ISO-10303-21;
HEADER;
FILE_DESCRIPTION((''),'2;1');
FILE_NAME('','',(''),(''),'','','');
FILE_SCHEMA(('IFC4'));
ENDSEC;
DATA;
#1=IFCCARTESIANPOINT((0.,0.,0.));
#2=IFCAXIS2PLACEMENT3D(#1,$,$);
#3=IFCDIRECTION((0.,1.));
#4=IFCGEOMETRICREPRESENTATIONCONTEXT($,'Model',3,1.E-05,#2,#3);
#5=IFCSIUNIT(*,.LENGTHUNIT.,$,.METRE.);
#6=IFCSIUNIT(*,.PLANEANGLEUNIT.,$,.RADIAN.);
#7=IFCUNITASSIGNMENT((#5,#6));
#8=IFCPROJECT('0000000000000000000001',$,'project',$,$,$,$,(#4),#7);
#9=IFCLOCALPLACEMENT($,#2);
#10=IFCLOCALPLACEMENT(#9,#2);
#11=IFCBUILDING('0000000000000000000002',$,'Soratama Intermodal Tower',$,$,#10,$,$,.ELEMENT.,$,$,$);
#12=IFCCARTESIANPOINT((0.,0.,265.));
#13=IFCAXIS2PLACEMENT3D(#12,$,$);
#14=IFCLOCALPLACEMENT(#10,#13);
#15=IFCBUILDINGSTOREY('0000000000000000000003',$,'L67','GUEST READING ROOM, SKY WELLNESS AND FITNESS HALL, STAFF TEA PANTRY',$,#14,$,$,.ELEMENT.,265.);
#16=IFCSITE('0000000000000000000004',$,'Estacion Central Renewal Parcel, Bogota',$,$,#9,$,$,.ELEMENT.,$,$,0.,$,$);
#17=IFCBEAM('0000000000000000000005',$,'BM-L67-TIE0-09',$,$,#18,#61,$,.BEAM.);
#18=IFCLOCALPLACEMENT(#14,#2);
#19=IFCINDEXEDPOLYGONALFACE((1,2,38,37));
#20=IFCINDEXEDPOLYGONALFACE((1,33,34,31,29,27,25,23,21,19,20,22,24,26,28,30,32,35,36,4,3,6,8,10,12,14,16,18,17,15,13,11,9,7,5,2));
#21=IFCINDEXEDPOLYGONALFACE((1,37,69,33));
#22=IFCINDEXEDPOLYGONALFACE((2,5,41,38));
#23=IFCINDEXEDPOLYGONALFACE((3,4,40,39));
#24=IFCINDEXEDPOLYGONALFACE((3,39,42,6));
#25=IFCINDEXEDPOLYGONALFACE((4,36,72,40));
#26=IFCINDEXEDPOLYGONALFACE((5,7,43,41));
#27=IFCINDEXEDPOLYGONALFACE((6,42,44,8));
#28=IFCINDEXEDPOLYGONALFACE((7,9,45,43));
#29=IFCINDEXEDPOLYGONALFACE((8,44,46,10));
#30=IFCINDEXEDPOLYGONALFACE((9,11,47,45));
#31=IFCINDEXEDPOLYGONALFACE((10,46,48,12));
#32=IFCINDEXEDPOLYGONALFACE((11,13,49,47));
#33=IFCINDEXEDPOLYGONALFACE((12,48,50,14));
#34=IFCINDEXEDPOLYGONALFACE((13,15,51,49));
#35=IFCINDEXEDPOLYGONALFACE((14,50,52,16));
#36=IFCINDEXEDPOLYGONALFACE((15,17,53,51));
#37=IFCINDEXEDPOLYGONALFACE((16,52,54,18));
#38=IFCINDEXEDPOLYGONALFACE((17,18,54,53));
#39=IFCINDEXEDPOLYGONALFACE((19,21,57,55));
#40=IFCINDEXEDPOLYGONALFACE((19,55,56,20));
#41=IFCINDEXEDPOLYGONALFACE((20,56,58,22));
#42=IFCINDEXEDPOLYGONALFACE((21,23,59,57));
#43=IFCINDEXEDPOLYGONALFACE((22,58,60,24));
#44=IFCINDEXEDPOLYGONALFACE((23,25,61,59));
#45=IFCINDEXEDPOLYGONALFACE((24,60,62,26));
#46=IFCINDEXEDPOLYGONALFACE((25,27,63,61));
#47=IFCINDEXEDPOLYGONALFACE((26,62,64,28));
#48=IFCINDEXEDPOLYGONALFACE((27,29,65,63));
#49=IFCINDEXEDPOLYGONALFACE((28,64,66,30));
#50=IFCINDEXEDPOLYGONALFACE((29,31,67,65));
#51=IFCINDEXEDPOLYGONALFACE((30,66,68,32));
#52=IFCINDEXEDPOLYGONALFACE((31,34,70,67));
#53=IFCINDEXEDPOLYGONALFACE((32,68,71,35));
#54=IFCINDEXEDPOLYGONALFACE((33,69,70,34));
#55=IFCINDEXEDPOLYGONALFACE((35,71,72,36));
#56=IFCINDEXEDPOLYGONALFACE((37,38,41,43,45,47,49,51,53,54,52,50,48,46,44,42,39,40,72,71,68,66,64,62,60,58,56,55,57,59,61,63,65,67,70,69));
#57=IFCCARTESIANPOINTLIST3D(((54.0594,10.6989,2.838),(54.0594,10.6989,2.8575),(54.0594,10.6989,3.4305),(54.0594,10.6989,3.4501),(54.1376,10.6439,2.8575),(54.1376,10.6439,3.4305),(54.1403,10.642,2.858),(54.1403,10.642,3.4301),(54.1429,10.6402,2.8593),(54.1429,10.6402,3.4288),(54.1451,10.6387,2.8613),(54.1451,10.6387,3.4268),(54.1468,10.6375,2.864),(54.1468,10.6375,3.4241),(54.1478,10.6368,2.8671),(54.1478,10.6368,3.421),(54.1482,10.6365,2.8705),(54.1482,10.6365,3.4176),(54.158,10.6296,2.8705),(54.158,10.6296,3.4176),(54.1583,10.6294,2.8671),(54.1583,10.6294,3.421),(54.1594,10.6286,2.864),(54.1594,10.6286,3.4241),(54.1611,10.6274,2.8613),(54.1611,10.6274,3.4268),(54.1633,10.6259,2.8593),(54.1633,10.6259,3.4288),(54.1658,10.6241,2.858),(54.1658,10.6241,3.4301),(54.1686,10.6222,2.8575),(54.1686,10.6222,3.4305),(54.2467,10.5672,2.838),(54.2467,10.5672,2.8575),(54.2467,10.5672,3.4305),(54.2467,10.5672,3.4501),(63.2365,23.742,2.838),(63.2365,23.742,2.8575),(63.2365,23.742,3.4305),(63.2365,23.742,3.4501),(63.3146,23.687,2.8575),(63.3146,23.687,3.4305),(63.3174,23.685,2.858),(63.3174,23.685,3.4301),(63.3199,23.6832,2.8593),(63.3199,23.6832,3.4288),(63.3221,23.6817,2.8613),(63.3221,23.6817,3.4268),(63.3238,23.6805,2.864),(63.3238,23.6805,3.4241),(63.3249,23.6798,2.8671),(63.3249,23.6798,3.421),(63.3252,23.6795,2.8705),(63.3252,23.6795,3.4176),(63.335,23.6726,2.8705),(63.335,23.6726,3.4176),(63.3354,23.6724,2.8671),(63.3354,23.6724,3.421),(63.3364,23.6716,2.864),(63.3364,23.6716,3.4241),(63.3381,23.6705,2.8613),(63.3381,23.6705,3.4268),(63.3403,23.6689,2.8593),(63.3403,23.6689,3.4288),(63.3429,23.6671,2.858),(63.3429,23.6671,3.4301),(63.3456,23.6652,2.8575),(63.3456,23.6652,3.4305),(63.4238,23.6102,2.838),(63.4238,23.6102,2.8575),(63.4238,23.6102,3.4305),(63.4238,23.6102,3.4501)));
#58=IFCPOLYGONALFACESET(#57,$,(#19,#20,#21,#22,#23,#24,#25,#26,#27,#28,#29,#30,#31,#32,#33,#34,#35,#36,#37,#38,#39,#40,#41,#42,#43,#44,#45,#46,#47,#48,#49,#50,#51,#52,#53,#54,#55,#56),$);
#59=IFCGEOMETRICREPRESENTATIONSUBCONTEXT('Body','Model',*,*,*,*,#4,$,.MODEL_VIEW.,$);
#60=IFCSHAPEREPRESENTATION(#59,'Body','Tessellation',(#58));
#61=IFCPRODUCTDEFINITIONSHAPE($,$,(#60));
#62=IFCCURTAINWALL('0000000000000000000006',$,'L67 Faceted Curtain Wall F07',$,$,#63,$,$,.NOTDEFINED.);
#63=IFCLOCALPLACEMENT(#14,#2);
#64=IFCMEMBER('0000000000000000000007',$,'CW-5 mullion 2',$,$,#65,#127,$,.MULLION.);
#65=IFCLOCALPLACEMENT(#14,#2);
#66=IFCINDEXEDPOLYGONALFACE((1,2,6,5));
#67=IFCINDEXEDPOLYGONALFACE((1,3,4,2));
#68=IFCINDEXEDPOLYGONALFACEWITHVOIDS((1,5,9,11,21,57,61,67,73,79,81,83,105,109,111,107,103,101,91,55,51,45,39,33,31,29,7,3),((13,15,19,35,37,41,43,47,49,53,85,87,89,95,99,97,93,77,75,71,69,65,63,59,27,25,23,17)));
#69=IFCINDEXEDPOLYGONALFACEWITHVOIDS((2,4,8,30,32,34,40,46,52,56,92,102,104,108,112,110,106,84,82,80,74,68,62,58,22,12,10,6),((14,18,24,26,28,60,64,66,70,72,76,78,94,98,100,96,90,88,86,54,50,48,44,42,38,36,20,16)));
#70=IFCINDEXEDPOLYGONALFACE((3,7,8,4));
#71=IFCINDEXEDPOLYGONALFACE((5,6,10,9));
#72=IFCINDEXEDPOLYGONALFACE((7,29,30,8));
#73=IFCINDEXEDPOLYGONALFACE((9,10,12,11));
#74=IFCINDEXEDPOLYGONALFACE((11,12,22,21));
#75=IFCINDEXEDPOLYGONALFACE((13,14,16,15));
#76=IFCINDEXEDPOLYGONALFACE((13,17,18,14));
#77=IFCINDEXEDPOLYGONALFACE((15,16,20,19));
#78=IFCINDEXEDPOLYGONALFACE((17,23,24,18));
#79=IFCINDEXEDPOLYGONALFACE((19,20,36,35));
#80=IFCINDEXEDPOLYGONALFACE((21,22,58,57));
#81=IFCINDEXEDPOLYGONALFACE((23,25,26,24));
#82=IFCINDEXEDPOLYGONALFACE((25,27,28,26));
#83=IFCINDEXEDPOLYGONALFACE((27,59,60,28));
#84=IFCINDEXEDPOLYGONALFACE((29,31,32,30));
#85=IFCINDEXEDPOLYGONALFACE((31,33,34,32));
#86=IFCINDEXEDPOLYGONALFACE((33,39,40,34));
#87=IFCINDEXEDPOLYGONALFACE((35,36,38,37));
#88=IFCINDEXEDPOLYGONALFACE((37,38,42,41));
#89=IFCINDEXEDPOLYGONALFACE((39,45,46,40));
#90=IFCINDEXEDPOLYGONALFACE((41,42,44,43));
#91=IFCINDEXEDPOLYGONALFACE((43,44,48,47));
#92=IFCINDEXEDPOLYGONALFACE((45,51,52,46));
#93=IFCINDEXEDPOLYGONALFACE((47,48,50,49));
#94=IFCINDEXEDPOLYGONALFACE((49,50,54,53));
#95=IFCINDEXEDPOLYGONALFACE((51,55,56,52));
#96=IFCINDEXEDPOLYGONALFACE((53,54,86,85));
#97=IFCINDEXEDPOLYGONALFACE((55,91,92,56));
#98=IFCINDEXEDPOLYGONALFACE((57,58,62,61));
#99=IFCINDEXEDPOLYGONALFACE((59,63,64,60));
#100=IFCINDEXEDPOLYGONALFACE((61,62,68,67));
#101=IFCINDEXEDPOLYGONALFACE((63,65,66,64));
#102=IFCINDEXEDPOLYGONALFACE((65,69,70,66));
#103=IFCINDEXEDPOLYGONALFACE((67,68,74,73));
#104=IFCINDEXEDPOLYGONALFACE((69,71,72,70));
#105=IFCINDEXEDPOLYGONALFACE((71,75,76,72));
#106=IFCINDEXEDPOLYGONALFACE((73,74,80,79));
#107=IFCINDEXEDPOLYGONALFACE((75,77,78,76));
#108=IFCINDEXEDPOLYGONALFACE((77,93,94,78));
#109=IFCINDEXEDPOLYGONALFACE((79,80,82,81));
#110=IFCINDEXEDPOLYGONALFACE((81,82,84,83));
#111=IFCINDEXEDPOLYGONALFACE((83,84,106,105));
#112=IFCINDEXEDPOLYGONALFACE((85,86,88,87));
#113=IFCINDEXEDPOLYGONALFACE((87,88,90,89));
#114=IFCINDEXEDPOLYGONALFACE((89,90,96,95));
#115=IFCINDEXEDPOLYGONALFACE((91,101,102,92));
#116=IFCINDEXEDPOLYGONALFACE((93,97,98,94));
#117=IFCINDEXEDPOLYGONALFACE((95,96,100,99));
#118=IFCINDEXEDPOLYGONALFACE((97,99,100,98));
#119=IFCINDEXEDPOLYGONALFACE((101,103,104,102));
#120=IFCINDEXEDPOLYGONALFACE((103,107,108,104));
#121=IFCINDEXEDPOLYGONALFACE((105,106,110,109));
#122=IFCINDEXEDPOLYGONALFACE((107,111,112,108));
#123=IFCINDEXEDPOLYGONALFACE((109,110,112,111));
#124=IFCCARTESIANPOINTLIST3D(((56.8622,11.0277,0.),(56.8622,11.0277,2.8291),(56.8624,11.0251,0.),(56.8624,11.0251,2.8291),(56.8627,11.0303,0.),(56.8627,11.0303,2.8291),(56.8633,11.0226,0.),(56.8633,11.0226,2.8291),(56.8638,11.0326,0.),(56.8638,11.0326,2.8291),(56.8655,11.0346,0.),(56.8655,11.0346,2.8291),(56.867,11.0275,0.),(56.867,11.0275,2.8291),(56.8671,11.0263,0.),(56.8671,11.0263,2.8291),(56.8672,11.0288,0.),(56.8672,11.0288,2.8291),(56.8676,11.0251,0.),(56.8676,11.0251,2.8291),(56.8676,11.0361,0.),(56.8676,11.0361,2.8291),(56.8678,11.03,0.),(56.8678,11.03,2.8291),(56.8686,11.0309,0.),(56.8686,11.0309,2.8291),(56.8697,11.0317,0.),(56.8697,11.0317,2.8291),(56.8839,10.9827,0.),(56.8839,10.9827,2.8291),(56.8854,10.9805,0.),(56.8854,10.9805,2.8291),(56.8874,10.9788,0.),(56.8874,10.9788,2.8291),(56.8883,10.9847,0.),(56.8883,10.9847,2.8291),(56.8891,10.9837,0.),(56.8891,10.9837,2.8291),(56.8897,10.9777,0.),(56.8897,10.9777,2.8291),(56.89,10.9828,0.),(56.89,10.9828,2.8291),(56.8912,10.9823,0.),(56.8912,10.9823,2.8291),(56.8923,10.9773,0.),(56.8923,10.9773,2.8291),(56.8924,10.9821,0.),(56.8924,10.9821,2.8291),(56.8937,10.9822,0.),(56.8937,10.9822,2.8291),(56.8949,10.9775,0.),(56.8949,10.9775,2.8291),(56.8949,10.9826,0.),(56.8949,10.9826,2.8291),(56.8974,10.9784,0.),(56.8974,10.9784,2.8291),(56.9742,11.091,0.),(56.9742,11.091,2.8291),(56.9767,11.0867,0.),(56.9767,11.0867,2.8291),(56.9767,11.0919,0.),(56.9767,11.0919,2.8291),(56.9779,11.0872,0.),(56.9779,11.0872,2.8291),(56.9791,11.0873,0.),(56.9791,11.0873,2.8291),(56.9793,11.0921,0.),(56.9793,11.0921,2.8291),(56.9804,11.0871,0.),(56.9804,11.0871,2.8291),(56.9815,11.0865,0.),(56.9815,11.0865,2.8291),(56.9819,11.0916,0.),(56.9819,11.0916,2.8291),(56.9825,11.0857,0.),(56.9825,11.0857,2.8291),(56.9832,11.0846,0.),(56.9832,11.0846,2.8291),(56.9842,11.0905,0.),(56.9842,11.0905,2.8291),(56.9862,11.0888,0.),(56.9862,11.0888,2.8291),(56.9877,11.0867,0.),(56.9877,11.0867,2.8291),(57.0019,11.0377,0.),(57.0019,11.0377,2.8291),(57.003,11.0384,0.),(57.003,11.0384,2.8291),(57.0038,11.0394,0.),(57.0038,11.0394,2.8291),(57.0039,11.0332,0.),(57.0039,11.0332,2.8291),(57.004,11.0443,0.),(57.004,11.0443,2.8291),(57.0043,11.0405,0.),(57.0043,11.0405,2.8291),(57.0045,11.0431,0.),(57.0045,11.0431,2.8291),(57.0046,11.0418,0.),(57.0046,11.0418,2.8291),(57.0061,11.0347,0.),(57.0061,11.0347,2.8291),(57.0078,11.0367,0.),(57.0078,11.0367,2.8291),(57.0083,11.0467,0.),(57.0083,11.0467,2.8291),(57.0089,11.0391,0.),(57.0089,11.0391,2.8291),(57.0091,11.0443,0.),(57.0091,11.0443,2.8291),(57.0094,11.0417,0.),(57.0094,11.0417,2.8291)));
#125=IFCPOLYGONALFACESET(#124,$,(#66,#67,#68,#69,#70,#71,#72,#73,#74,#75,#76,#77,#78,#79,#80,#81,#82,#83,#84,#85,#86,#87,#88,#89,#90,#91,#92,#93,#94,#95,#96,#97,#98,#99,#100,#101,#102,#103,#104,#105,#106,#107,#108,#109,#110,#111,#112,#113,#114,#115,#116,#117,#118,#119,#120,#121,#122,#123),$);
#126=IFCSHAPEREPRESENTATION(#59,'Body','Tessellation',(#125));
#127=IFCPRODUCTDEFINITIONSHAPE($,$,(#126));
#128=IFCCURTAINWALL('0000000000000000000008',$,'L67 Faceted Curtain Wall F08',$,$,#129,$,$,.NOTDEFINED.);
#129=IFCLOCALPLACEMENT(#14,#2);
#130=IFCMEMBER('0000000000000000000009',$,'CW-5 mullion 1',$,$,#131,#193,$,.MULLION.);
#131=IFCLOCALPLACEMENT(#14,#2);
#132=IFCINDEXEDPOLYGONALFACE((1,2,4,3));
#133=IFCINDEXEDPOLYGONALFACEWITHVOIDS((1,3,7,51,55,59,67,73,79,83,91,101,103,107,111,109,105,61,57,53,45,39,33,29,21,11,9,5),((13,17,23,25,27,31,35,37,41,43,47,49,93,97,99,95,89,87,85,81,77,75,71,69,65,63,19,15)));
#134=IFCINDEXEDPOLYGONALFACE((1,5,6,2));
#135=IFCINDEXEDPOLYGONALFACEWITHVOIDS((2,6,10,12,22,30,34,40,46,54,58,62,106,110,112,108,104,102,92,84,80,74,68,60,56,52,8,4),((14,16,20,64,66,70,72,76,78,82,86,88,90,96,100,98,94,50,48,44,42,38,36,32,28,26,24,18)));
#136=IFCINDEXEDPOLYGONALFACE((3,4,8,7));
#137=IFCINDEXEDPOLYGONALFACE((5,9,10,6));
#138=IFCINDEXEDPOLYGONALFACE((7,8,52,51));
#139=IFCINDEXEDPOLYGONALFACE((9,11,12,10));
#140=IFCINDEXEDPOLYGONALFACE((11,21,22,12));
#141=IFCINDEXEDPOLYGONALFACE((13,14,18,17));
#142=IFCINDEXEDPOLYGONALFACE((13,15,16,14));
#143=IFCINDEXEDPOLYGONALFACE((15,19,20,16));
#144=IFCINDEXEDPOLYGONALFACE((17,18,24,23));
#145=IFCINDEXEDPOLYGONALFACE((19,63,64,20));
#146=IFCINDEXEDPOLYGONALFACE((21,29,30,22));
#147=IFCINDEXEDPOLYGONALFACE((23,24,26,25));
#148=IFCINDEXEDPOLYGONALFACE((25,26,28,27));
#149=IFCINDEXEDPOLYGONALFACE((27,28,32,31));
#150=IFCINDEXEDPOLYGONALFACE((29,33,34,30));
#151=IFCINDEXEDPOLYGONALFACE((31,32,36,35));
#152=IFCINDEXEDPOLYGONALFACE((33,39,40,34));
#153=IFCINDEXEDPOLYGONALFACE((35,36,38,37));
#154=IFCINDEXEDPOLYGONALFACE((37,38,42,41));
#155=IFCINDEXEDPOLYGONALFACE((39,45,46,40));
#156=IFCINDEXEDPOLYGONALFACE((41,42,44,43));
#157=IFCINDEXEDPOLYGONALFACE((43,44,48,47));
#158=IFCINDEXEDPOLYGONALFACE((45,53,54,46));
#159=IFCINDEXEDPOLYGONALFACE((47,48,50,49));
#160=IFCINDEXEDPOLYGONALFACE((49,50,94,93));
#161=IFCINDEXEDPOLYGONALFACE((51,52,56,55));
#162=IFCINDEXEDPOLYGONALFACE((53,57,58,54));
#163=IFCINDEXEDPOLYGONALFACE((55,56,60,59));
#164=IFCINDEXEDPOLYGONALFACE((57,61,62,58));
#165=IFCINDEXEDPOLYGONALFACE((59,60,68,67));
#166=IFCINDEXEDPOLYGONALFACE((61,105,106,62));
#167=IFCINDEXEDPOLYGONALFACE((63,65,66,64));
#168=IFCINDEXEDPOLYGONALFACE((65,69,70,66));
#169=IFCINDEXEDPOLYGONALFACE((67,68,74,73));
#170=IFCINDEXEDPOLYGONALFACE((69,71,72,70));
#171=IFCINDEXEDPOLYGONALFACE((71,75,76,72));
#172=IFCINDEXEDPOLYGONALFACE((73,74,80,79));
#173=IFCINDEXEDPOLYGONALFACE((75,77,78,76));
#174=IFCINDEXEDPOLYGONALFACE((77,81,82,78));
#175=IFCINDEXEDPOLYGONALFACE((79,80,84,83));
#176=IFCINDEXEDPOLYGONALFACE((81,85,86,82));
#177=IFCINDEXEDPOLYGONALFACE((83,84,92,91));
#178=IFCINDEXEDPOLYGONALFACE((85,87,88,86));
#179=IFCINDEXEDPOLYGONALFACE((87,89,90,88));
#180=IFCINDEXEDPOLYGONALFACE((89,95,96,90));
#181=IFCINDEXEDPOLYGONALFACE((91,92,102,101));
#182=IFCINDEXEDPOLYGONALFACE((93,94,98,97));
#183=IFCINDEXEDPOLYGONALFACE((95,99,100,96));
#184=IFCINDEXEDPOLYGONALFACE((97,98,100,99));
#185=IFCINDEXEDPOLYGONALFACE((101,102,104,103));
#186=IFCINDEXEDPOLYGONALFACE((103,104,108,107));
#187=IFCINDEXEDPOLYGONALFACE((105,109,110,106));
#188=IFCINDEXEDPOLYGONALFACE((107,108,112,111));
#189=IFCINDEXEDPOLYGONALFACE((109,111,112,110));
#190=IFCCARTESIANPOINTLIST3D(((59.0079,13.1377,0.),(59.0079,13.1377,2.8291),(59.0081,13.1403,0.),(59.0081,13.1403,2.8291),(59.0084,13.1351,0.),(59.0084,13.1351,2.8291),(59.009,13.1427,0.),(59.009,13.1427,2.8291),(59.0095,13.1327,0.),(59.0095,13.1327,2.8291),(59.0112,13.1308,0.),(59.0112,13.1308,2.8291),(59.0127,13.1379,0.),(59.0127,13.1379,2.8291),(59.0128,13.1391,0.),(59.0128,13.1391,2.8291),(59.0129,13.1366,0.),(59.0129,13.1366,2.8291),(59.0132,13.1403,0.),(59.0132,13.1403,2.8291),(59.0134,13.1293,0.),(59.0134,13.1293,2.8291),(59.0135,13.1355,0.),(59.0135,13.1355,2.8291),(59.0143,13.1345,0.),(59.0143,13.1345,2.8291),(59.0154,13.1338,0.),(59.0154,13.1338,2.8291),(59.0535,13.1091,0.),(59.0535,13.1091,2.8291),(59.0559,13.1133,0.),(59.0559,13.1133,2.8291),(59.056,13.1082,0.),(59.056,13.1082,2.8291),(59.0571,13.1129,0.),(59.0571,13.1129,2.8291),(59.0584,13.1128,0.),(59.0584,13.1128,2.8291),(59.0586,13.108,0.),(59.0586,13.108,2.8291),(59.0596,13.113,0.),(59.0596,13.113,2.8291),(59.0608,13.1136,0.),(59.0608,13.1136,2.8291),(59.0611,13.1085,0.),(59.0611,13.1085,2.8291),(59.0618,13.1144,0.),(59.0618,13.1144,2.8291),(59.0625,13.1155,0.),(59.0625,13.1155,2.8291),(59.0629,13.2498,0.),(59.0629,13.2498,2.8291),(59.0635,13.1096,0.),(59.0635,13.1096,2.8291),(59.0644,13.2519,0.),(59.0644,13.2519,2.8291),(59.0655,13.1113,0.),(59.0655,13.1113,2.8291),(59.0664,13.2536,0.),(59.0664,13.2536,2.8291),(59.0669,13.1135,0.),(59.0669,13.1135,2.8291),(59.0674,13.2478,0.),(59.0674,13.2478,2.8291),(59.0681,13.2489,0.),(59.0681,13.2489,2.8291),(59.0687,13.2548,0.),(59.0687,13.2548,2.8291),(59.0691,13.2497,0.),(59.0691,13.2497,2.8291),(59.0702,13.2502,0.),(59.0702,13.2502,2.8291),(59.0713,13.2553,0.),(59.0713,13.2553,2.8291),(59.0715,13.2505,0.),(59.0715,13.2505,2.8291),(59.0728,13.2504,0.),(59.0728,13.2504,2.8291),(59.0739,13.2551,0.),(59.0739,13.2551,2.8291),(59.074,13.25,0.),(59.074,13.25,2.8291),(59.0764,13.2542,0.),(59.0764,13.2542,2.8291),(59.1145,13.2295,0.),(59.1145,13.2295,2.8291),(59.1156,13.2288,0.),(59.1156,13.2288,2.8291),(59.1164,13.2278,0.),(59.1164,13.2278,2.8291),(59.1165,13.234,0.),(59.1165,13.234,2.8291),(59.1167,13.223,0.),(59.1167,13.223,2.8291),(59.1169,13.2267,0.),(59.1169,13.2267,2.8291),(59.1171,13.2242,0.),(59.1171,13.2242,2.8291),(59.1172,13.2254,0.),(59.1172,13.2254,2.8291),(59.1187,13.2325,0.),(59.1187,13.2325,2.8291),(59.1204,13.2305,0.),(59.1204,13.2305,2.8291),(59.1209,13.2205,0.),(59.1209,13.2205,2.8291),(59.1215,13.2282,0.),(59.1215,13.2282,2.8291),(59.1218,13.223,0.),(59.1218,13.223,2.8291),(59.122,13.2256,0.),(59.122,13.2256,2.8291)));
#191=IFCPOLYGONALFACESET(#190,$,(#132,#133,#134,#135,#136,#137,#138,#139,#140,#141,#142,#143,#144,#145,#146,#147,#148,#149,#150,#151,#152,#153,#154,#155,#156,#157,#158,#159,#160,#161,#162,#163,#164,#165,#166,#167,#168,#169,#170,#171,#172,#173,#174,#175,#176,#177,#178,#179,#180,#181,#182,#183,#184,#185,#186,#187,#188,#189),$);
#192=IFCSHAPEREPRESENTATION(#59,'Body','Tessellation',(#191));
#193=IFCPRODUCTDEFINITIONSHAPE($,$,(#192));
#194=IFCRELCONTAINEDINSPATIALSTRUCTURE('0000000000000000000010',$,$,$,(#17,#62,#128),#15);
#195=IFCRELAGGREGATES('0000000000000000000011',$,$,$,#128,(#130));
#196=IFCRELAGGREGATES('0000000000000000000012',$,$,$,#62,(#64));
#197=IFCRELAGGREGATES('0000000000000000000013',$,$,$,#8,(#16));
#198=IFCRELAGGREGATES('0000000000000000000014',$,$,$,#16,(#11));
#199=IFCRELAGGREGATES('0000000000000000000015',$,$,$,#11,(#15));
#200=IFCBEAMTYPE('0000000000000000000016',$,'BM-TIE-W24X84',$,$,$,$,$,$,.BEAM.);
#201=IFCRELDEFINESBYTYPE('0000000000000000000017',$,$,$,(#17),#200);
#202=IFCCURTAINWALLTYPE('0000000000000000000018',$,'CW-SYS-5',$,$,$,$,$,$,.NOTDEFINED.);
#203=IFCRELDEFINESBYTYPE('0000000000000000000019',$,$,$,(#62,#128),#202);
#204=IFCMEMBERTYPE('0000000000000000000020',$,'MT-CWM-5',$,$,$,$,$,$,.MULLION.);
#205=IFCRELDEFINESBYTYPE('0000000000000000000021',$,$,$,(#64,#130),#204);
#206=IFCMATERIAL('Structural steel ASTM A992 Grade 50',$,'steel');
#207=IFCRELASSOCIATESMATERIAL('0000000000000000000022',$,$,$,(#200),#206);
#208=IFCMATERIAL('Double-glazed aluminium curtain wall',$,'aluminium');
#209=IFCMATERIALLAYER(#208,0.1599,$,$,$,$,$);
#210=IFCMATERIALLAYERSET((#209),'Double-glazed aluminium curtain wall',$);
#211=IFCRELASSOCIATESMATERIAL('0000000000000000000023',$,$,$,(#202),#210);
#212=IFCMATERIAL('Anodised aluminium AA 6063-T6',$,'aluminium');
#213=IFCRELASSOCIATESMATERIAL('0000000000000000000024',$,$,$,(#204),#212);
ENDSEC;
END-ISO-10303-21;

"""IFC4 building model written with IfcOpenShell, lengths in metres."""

from ifc_helpers import new_model, si_unit, direction, frame, origin, origin_2d, place, context, subcontext, project, spatial, hollow_rectangle, i_section, extrude, material, layer, layer_set, material_profile, profile_set, type_object, element, aggregate, save


model = new_model("IFC4")

# Units and contexts
model_context = context("Model", 3, precision=1e-05, world=origin(), true_north=direction((0.0, 1.0)))
body_context = subcontext(model_context, "Body", "Model", "MODEL_VIEW")
ifc_project = project(units=[si_unit("LENGTHUNIT", "METRE"), si_unit("PLANEANGLEUNIT", "RADIAN")], contexts=[model_context])

# Site, building, storey
site_placement = place(None, origin())
site = spatial("IfcSite", under=ifc_project, at=site_placement, Name="Estacion Central Renewal Parcel, Bogota", CompositionType="ELEMENT", RefElevation=0.0)
building_placement = place(site_placement, origin())
building = spatial("IfcBuilding", under=site, at=building_placement, Name="Soratama Intermodal Tower", CompositionType="ELEMENT")
storey_placement = place(building_placement, frame((0.0, 0.0, 265.0)))
storey = spatial("IfcBuildingStorey", under=building, at=storey_placement, Name="L67", Description="GUEST READING ROOM, SKY WELLNESS AND FITNESS HALL, STAFF TEA PANTRY", CompositionType="ELEMENT", Elevation=265.0)

# Beam
ifc_material_1 = material(Name="Structural steel ASTM A992 Grade 50", Category="steel")
ifc_material_profile_1 = material_profile(ifc_material_1, i_section(OverallWidth=0.229, OverallDepth=0.6121, WebThickness=0.012, FlangeThickness=0.0195, FilletRadius=0.0129, at=origin_2d()), Name="W24X84")
ifc_profile_set_1 = profile_set([ifc_material_profile_1], Name="Structural steel ASTM A992 Grade 50")
beam_type_1 = type_object("IfcBeamType", Name="BM-TIE-W24X84", PredefinedType="BEAM", material=ifc_profile_set_1)
beam_1_placement = place(storey_placement, frame((54.1531, 10.6331, 3.144), z_axis=(0.575435, 0.817847, 0.0), x_axis=(-0.817847, 0.575435, 0.0)))
element("IfcBeam", 1, at=beam_1_placement, inside=storey, type_object=beam_type_1, Name="BM-L67-TIE0-09", PredefinedType="BEAM", context=body_context, shape_type="SweptSolid", body=[
    extrude(i_section(OverallWidth=0.229, OverallDepth=0.6121, WebThickness=0.012, FlangeThickness=0.0195, FilletRadius=0.0129, at=origin_2d()), origin(), (0.0, 0.0, 1.0), 15.948),
])

# Curtain walls, members
ifc_material_2 = material(Name="Double-glazed aluminium curtain wall", Category="aluminium")
ifc_layer_1 = layer(ifc_material_2, 0.1599)
ifc_layer_set_1 = layer_set([ifc_layer_1], Name="Double-glazed aluminium curtain wall")
curtain_wall_type = type_object("IfcCurtainWallType", Name="CW-SYS-5", PredefinedType="NOTDEFINED", material=ifc_layer_set_1)
curtain_wall_1_placement = place(storey_placement, origin())
curtain_wall_1 = element("IfcCurtainWall", 2, at=curtain_wall_1_placement, inside=storey, type_object=curtain_wall_type, Name="L67 Faceted Curtain Wall F07", PredefinedType="NOTDEFINED")
ifc_material_3 = material(Name="Anodised aluminium AA 6063-T6", Category="aluminium")
ifc_material_profile_2 = material_profile(ifc_material_3, hollow_rectangle(XDim=0.0649, YDim=0.1399, WallThickness=0.0049, InnerFilletRadius=0.0049, OuterFilletRadius=0.01, at=origin_2d()), Name="CWM140X65X5")
ifc_profile_set_2 = profile_set([ifc_material_profile_2], Name="Anodised aluminium AA 6063-T6")
member_type_1 = type_object("IfcMemberType", Name="MT-CWM-5", PredefinedType="MULLION", material=ifc_profile_set_2)
member_1_placement = place(storey_placement, frame((56.9358, 11.0347, 0.0), z_axis=(0.0, 0.0, 1.0), x_axis=(-0.457719, 0.889097, 0.0)))
member_1 = element("IfcMember", 3, at=member_1_placement, type_object=member_type_1, Name="CW-5 mullion 2", PredefinedType="MULLION", context=body_context, shape_type="SweptSolid", body=[
    extrude(hollow_rectangle(XDim=0.0649, YDim=0.1399, WallThickness=0.0049, InnerFilletRadius=0.0049, OuterFilletRadius=0.01, at=origin_2d()), origin(), (0.0, 0.0, 1.0), 2.8291),
])
curtain_wall_2_placement = place(storey_placement, origin())
curtain_wall_2 = element("IfcCurtainWall", 4, at=curtain_wall_2_placement, inside=storey, type_object=curtain_wall_type, Name="L67 Faceted Curtain Wall F08", PredefinedType="NOTDEFINED")
member_2_placement = place(storey_placement, frame((59.0649, 13.1816, 0.0), z_axis=(0.0, 0.0, 1.0), x_axis=(-0.8929, 0.450256, 0.0)))
member_2 = element("IfcMember", 5, at=member_2_placement, type_object=member_type_1, Name="CW-5 mullion 1", PredefinedType="MULLION", context=body_context, shape_type="SweptSolid", body=[
    extrude(hollow_rectangle(XDim=0.0649, YDim=0.1399, WallThickness=0.0049, InnerFilletRadius=0.0049, OuterFilletRadius=0.01, at=origin_2d()), origin(), (0.0, 0.0, 1.0), 2.8291),
])

aggregate(curtain_wall_2, [member_2])

aggregate(curtain_wall_1, [member_1])

save(model, "model.ifc")
